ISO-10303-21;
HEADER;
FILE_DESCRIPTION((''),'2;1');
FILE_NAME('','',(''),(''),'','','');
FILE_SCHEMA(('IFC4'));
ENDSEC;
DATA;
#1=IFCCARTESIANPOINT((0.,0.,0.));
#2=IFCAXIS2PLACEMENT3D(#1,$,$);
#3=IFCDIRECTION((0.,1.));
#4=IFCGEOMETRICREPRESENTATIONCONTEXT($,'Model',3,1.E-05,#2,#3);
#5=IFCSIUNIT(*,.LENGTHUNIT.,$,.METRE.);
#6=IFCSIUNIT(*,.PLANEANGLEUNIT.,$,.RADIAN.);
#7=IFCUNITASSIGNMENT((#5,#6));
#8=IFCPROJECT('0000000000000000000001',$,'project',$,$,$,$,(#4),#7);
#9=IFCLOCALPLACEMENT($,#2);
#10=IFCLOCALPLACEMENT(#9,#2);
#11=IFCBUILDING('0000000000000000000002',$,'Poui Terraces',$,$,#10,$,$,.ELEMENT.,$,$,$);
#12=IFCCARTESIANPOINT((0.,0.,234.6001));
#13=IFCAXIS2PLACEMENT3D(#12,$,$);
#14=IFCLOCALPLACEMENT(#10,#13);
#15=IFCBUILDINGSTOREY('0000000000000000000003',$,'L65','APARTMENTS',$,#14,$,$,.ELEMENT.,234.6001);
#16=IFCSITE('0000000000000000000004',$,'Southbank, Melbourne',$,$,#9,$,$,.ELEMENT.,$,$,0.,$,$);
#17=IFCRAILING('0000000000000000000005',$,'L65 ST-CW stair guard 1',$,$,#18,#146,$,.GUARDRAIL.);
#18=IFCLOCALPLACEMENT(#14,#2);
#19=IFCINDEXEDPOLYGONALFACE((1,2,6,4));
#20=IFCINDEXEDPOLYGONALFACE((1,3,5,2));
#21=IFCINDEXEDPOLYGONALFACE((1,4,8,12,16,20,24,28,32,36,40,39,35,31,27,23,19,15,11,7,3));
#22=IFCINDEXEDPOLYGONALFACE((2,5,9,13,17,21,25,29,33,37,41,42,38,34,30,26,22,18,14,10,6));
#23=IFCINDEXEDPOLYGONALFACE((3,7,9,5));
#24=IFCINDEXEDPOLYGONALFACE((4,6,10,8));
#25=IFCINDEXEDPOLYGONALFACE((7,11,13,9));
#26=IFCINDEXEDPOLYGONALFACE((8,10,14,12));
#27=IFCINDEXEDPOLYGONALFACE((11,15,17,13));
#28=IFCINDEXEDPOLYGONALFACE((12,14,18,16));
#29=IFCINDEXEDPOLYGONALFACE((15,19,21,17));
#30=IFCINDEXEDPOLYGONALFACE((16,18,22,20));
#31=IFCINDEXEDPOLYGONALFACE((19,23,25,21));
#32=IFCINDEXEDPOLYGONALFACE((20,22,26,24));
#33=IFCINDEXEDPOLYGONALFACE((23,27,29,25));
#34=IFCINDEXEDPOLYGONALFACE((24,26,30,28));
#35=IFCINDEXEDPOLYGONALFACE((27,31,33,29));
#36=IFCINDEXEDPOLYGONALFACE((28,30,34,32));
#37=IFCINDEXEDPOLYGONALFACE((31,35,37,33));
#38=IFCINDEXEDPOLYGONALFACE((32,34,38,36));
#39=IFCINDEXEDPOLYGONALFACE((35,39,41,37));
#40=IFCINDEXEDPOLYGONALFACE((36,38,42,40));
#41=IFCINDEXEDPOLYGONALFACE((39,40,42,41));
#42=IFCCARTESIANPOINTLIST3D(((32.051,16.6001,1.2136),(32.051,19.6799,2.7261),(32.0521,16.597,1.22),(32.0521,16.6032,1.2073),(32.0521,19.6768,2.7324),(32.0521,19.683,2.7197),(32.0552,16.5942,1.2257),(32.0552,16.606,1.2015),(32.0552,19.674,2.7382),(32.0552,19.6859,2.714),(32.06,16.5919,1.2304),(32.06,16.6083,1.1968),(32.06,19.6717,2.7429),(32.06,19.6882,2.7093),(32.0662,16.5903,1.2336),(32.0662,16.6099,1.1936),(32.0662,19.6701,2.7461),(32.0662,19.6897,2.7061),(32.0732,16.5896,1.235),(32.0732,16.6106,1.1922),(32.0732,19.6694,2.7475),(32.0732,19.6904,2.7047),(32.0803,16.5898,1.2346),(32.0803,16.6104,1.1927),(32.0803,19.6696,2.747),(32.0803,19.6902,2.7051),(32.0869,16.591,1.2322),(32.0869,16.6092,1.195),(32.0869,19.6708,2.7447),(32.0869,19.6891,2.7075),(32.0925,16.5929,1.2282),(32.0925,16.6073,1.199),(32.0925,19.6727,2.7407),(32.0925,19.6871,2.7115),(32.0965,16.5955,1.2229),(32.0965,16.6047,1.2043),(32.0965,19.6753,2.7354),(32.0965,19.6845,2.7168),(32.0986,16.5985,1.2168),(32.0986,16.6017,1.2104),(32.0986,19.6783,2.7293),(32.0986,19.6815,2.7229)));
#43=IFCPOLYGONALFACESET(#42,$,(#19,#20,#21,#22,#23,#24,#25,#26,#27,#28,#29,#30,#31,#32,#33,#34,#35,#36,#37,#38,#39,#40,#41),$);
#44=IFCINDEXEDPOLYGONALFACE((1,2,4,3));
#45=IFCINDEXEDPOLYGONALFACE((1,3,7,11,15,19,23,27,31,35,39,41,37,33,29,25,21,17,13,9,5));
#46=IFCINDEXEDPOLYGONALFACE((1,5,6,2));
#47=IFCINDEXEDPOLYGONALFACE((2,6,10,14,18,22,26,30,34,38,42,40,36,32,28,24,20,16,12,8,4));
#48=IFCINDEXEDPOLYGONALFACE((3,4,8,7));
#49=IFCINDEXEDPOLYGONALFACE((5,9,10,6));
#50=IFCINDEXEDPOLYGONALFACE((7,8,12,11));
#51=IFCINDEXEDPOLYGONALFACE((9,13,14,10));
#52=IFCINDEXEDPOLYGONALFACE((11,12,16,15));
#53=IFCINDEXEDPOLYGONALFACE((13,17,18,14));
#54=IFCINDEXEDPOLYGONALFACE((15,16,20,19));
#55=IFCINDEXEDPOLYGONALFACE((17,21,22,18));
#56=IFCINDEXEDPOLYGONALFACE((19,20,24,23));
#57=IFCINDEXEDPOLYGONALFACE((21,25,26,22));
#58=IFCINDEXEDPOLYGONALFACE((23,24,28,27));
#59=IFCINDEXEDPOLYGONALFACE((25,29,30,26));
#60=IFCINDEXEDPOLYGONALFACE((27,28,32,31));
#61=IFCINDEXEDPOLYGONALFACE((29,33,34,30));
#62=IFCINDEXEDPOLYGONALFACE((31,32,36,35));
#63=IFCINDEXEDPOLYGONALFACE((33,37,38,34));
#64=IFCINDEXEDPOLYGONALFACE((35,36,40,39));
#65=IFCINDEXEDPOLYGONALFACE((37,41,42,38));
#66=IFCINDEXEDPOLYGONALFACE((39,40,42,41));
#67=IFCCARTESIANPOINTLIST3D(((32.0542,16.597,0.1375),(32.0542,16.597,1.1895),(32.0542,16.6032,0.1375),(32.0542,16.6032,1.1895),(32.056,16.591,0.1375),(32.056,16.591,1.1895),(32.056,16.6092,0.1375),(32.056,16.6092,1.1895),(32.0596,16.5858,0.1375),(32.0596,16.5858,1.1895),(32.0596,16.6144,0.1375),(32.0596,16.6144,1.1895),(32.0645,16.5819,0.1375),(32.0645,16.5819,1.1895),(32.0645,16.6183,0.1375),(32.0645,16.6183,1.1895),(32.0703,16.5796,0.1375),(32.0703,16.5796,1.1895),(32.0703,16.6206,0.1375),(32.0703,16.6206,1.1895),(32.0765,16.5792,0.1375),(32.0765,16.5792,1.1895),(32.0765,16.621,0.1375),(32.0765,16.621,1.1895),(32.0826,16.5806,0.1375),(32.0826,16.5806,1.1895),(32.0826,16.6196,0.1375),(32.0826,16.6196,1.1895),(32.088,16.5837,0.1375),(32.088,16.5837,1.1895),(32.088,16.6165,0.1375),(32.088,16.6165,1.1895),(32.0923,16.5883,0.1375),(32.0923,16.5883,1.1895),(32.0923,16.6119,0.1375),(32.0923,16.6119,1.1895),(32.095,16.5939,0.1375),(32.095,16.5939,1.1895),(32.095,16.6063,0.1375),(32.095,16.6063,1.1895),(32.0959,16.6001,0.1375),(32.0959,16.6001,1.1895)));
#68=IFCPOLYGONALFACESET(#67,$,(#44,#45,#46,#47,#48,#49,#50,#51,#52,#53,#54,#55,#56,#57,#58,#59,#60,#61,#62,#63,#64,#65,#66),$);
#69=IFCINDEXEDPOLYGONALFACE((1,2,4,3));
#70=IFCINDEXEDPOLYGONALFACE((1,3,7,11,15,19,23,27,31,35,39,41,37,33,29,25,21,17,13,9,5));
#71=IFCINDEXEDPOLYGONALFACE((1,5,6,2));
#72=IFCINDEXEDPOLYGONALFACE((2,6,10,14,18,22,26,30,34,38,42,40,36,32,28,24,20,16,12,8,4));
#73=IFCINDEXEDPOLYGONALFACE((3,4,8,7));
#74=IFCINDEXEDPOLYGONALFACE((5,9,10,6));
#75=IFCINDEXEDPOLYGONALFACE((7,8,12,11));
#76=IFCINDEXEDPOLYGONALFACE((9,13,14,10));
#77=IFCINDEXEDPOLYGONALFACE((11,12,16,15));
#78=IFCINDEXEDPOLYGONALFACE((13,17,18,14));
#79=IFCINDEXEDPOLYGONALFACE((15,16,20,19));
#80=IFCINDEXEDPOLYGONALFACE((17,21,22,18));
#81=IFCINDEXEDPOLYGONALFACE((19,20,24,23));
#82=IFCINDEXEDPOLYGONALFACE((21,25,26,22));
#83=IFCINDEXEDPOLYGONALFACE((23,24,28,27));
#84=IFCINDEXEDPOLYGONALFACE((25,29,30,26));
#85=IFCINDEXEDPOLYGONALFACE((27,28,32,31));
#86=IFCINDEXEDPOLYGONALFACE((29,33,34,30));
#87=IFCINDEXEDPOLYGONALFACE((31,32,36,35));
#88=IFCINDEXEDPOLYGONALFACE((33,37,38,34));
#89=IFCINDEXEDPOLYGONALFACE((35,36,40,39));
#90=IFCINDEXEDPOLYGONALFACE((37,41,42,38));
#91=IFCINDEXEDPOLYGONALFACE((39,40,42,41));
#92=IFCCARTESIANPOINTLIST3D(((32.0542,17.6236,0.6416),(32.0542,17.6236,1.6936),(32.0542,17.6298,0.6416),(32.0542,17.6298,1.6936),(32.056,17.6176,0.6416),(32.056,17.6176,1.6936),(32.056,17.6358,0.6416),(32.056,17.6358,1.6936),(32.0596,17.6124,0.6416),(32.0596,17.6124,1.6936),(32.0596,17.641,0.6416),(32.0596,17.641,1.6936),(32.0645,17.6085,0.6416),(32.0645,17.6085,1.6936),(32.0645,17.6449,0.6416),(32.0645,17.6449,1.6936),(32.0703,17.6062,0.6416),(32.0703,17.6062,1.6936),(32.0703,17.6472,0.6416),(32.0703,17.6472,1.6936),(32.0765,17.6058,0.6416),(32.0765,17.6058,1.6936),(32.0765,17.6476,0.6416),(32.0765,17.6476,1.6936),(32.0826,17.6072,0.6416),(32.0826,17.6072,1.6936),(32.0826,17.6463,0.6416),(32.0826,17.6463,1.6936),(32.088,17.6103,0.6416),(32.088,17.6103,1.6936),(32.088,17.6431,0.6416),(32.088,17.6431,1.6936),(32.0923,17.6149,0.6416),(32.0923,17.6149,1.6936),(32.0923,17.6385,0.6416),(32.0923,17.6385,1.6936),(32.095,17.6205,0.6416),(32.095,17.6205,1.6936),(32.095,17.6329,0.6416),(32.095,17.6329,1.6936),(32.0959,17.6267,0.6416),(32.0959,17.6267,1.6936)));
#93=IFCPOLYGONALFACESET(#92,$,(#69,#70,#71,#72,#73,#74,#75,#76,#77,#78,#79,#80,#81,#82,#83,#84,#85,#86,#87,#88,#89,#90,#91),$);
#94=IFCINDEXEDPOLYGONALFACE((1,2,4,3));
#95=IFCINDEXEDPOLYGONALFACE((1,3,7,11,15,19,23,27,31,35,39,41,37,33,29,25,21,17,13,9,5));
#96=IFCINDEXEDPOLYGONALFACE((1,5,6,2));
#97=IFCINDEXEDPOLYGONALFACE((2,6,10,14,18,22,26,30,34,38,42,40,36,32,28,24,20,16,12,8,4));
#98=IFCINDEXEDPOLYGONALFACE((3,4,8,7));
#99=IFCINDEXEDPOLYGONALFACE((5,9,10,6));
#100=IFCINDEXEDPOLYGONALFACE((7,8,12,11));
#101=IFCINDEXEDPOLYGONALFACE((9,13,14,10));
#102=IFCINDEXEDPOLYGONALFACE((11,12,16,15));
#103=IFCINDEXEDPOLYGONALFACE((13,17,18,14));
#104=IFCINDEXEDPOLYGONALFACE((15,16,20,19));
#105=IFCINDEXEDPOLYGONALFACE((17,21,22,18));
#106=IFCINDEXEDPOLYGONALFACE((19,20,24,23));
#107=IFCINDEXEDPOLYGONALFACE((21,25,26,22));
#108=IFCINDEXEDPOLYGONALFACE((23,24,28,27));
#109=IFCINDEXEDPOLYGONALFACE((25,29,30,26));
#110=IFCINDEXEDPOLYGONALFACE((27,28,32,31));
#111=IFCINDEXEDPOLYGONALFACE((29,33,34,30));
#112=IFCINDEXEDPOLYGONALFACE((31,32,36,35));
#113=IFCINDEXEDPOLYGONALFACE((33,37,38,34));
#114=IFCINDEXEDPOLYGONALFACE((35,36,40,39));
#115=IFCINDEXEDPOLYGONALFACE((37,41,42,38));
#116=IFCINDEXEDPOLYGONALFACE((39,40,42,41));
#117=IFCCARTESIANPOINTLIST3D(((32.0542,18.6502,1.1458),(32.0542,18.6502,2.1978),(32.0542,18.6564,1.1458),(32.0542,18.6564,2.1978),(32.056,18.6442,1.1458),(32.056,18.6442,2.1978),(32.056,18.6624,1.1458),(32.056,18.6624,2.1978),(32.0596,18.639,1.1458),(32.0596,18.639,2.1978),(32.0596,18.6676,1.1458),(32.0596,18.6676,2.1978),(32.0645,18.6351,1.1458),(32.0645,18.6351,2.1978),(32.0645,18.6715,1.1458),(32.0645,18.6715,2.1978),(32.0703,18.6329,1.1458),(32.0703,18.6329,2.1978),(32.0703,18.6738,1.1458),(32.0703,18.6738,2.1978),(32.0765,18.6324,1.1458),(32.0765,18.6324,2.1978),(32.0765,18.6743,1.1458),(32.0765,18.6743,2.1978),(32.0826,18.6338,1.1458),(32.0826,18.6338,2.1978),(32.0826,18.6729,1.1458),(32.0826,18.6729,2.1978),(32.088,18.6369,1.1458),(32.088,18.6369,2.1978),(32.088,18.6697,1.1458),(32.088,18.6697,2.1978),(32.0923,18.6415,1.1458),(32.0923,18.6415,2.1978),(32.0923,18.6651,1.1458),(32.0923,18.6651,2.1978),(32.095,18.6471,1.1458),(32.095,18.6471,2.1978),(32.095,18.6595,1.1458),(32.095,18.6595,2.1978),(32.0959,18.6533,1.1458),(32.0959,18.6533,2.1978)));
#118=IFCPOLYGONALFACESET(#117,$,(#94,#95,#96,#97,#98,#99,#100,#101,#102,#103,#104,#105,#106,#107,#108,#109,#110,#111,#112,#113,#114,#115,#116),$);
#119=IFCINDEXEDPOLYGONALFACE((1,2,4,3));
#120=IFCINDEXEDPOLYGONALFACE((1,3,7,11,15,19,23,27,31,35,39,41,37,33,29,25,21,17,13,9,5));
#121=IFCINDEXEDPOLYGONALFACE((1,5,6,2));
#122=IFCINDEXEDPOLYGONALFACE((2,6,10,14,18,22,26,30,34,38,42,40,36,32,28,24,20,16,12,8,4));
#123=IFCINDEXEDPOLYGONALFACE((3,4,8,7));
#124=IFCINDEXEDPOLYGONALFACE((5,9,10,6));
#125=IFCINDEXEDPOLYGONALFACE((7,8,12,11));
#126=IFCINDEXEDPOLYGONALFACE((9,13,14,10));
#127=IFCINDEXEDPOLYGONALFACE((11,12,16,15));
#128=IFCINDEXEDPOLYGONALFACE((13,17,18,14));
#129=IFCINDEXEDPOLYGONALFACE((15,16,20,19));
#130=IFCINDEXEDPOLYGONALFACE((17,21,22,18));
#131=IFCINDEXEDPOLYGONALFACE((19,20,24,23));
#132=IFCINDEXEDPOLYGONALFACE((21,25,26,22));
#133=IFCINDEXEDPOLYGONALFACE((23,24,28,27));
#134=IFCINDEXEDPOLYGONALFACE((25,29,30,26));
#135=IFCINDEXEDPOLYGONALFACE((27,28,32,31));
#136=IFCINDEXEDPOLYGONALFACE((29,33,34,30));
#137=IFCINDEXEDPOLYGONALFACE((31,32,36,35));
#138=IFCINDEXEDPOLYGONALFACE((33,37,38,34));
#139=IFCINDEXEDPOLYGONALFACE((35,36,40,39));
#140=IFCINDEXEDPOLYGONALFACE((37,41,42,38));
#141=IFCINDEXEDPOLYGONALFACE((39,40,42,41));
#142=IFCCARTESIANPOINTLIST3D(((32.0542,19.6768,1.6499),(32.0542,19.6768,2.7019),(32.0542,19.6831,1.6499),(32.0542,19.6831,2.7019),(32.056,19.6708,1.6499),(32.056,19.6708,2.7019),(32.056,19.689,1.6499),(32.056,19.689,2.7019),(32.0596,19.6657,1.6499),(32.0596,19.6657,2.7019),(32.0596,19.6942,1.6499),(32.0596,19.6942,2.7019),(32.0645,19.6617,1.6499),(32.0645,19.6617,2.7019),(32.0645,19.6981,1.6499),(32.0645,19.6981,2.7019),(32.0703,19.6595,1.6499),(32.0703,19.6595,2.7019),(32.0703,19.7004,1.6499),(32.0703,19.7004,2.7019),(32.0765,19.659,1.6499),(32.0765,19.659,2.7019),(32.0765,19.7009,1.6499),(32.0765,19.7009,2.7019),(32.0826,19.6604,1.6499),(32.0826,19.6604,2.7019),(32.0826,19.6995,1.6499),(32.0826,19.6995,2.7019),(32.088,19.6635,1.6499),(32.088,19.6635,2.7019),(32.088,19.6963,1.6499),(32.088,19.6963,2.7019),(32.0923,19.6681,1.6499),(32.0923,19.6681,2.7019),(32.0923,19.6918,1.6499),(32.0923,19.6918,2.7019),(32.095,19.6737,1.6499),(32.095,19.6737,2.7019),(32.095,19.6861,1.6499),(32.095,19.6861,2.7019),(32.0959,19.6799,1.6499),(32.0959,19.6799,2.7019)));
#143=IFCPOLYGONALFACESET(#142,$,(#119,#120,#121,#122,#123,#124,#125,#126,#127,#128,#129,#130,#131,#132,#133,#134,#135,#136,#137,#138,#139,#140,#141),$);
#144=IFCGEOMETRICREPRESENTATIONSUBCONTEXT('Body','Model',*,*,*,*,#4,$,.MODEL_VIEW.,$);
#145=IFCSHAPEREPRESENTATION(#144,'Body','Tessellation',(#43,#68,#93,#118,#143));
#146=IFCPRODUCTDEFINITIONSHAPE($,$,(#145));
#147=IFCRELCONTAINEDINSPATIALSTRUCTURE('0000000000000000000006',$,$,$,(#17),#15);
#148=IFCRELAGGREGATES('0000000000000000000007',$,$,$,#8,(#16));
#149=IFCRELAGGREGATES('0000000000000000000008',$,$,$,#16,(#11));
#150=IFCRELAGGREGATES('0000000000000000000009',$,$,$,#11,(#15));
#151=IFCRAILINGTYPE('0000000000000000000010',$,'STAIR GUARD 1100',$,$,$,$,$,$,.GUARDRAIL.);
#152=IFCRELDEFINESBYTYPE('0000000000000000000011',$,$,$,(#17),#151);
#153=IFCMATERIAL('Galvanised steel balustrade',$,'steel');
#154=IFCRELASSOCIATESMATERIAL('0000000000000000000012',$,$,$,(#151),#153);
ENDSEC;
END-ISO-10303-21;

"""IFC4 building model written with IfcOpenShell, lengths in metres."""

from ifc_helpers import new_model, si_unit, direction, frame, origin, origin_2d, place, context, subcontext, project, spatial, circle, extrude, material, type_object, element, save


model = new_model("IFC4")

# Units and contexts
model_context = context("Model", 3, precision=1e-05, world=origin(), true_north=direction((0.0, 1.0)))
body_context = subcontext(model_context, "Body", "Model", "MODEL_VIEW")
ifc_project = project(units=[si_unit("LENGTHUNIT", "METRE"), si_unit("PLANEANGLEUNIT", "RADIAN")], contexts=[model_context])

# Site, building, storey
site_placement = place(None, origin())
site = spatial("IfcSite", under=ifc_project, at=site_placement, Name="Southbank, Melbourne", CompositionType="ELEMENT", RefElevation=0.0)
building_placement = place(site_placement, origin())
building = spatial("IfcBuilding", under=site, at=building_placement, Name="Poui Terraces", CompositionType="ELEMENT")
storey_placement = place(building_placement, frame((0.0, 0.0, 234.6001)))
storey = spatial("IfcBuildingStorey", under=building, at=storey_placement, Name="L65", Description="APARTMENTS", CompositionType="ELEMENT", Elevation=234.6001)

# Railing
ifc_material_1 = material(Name="Galvanised steel balustrade", Category="steel")
railing_type_1 = type_object("IfcRailingType", Name="STAIR GUARD 1100", PredefinedType="GUARDRAIL", material=ifc_material_1)
railing_1_placement = place(storey_placement, frame((32.075, 16.6001, 0.1375)))
element("IfcRailing", 1, at=railing_1_placement, inside=storey, type_object=railing_type_1, Name="L65 ST-CW stair guard 1", PredefinedType="GUARDRAIL", context=body_context, shape_type="SweptSolid", body=[
    extrude(circle(Radius=0.0239, at=origin_2d()), frame((0.0, 0.0, 1.0762), z_axis=(0.0, 0.897606, 0.440798), x_axis=(-1.0, 0.0, 0.0)), (0.0, 0.0, 1.0), 3.4312),
    extrude(circle(Radius=0.021, at=origin_2d()), origin(), (0.0, 0.0, 1.0), 1.052),
    extrude(circle(Radius=0.021, at=origin_2d()), frame((0.0, 1.0266, 0.5042)), (0.0, 0.0, 1.0), 1.052),
    extrude(circle(Radius=0.021, at=origin_2d()), frame((0.0, 2.0532, 1.0083)), (0.0, 0.0, 1.0), 1.052),
    extrude(circle(Radius=0.021, at=origin_2d()), frame((0.0, 3.0798, 1.5125)), (0.0, 0.0, 1.0), 1.052),
])

save(model, "model.ifc")
